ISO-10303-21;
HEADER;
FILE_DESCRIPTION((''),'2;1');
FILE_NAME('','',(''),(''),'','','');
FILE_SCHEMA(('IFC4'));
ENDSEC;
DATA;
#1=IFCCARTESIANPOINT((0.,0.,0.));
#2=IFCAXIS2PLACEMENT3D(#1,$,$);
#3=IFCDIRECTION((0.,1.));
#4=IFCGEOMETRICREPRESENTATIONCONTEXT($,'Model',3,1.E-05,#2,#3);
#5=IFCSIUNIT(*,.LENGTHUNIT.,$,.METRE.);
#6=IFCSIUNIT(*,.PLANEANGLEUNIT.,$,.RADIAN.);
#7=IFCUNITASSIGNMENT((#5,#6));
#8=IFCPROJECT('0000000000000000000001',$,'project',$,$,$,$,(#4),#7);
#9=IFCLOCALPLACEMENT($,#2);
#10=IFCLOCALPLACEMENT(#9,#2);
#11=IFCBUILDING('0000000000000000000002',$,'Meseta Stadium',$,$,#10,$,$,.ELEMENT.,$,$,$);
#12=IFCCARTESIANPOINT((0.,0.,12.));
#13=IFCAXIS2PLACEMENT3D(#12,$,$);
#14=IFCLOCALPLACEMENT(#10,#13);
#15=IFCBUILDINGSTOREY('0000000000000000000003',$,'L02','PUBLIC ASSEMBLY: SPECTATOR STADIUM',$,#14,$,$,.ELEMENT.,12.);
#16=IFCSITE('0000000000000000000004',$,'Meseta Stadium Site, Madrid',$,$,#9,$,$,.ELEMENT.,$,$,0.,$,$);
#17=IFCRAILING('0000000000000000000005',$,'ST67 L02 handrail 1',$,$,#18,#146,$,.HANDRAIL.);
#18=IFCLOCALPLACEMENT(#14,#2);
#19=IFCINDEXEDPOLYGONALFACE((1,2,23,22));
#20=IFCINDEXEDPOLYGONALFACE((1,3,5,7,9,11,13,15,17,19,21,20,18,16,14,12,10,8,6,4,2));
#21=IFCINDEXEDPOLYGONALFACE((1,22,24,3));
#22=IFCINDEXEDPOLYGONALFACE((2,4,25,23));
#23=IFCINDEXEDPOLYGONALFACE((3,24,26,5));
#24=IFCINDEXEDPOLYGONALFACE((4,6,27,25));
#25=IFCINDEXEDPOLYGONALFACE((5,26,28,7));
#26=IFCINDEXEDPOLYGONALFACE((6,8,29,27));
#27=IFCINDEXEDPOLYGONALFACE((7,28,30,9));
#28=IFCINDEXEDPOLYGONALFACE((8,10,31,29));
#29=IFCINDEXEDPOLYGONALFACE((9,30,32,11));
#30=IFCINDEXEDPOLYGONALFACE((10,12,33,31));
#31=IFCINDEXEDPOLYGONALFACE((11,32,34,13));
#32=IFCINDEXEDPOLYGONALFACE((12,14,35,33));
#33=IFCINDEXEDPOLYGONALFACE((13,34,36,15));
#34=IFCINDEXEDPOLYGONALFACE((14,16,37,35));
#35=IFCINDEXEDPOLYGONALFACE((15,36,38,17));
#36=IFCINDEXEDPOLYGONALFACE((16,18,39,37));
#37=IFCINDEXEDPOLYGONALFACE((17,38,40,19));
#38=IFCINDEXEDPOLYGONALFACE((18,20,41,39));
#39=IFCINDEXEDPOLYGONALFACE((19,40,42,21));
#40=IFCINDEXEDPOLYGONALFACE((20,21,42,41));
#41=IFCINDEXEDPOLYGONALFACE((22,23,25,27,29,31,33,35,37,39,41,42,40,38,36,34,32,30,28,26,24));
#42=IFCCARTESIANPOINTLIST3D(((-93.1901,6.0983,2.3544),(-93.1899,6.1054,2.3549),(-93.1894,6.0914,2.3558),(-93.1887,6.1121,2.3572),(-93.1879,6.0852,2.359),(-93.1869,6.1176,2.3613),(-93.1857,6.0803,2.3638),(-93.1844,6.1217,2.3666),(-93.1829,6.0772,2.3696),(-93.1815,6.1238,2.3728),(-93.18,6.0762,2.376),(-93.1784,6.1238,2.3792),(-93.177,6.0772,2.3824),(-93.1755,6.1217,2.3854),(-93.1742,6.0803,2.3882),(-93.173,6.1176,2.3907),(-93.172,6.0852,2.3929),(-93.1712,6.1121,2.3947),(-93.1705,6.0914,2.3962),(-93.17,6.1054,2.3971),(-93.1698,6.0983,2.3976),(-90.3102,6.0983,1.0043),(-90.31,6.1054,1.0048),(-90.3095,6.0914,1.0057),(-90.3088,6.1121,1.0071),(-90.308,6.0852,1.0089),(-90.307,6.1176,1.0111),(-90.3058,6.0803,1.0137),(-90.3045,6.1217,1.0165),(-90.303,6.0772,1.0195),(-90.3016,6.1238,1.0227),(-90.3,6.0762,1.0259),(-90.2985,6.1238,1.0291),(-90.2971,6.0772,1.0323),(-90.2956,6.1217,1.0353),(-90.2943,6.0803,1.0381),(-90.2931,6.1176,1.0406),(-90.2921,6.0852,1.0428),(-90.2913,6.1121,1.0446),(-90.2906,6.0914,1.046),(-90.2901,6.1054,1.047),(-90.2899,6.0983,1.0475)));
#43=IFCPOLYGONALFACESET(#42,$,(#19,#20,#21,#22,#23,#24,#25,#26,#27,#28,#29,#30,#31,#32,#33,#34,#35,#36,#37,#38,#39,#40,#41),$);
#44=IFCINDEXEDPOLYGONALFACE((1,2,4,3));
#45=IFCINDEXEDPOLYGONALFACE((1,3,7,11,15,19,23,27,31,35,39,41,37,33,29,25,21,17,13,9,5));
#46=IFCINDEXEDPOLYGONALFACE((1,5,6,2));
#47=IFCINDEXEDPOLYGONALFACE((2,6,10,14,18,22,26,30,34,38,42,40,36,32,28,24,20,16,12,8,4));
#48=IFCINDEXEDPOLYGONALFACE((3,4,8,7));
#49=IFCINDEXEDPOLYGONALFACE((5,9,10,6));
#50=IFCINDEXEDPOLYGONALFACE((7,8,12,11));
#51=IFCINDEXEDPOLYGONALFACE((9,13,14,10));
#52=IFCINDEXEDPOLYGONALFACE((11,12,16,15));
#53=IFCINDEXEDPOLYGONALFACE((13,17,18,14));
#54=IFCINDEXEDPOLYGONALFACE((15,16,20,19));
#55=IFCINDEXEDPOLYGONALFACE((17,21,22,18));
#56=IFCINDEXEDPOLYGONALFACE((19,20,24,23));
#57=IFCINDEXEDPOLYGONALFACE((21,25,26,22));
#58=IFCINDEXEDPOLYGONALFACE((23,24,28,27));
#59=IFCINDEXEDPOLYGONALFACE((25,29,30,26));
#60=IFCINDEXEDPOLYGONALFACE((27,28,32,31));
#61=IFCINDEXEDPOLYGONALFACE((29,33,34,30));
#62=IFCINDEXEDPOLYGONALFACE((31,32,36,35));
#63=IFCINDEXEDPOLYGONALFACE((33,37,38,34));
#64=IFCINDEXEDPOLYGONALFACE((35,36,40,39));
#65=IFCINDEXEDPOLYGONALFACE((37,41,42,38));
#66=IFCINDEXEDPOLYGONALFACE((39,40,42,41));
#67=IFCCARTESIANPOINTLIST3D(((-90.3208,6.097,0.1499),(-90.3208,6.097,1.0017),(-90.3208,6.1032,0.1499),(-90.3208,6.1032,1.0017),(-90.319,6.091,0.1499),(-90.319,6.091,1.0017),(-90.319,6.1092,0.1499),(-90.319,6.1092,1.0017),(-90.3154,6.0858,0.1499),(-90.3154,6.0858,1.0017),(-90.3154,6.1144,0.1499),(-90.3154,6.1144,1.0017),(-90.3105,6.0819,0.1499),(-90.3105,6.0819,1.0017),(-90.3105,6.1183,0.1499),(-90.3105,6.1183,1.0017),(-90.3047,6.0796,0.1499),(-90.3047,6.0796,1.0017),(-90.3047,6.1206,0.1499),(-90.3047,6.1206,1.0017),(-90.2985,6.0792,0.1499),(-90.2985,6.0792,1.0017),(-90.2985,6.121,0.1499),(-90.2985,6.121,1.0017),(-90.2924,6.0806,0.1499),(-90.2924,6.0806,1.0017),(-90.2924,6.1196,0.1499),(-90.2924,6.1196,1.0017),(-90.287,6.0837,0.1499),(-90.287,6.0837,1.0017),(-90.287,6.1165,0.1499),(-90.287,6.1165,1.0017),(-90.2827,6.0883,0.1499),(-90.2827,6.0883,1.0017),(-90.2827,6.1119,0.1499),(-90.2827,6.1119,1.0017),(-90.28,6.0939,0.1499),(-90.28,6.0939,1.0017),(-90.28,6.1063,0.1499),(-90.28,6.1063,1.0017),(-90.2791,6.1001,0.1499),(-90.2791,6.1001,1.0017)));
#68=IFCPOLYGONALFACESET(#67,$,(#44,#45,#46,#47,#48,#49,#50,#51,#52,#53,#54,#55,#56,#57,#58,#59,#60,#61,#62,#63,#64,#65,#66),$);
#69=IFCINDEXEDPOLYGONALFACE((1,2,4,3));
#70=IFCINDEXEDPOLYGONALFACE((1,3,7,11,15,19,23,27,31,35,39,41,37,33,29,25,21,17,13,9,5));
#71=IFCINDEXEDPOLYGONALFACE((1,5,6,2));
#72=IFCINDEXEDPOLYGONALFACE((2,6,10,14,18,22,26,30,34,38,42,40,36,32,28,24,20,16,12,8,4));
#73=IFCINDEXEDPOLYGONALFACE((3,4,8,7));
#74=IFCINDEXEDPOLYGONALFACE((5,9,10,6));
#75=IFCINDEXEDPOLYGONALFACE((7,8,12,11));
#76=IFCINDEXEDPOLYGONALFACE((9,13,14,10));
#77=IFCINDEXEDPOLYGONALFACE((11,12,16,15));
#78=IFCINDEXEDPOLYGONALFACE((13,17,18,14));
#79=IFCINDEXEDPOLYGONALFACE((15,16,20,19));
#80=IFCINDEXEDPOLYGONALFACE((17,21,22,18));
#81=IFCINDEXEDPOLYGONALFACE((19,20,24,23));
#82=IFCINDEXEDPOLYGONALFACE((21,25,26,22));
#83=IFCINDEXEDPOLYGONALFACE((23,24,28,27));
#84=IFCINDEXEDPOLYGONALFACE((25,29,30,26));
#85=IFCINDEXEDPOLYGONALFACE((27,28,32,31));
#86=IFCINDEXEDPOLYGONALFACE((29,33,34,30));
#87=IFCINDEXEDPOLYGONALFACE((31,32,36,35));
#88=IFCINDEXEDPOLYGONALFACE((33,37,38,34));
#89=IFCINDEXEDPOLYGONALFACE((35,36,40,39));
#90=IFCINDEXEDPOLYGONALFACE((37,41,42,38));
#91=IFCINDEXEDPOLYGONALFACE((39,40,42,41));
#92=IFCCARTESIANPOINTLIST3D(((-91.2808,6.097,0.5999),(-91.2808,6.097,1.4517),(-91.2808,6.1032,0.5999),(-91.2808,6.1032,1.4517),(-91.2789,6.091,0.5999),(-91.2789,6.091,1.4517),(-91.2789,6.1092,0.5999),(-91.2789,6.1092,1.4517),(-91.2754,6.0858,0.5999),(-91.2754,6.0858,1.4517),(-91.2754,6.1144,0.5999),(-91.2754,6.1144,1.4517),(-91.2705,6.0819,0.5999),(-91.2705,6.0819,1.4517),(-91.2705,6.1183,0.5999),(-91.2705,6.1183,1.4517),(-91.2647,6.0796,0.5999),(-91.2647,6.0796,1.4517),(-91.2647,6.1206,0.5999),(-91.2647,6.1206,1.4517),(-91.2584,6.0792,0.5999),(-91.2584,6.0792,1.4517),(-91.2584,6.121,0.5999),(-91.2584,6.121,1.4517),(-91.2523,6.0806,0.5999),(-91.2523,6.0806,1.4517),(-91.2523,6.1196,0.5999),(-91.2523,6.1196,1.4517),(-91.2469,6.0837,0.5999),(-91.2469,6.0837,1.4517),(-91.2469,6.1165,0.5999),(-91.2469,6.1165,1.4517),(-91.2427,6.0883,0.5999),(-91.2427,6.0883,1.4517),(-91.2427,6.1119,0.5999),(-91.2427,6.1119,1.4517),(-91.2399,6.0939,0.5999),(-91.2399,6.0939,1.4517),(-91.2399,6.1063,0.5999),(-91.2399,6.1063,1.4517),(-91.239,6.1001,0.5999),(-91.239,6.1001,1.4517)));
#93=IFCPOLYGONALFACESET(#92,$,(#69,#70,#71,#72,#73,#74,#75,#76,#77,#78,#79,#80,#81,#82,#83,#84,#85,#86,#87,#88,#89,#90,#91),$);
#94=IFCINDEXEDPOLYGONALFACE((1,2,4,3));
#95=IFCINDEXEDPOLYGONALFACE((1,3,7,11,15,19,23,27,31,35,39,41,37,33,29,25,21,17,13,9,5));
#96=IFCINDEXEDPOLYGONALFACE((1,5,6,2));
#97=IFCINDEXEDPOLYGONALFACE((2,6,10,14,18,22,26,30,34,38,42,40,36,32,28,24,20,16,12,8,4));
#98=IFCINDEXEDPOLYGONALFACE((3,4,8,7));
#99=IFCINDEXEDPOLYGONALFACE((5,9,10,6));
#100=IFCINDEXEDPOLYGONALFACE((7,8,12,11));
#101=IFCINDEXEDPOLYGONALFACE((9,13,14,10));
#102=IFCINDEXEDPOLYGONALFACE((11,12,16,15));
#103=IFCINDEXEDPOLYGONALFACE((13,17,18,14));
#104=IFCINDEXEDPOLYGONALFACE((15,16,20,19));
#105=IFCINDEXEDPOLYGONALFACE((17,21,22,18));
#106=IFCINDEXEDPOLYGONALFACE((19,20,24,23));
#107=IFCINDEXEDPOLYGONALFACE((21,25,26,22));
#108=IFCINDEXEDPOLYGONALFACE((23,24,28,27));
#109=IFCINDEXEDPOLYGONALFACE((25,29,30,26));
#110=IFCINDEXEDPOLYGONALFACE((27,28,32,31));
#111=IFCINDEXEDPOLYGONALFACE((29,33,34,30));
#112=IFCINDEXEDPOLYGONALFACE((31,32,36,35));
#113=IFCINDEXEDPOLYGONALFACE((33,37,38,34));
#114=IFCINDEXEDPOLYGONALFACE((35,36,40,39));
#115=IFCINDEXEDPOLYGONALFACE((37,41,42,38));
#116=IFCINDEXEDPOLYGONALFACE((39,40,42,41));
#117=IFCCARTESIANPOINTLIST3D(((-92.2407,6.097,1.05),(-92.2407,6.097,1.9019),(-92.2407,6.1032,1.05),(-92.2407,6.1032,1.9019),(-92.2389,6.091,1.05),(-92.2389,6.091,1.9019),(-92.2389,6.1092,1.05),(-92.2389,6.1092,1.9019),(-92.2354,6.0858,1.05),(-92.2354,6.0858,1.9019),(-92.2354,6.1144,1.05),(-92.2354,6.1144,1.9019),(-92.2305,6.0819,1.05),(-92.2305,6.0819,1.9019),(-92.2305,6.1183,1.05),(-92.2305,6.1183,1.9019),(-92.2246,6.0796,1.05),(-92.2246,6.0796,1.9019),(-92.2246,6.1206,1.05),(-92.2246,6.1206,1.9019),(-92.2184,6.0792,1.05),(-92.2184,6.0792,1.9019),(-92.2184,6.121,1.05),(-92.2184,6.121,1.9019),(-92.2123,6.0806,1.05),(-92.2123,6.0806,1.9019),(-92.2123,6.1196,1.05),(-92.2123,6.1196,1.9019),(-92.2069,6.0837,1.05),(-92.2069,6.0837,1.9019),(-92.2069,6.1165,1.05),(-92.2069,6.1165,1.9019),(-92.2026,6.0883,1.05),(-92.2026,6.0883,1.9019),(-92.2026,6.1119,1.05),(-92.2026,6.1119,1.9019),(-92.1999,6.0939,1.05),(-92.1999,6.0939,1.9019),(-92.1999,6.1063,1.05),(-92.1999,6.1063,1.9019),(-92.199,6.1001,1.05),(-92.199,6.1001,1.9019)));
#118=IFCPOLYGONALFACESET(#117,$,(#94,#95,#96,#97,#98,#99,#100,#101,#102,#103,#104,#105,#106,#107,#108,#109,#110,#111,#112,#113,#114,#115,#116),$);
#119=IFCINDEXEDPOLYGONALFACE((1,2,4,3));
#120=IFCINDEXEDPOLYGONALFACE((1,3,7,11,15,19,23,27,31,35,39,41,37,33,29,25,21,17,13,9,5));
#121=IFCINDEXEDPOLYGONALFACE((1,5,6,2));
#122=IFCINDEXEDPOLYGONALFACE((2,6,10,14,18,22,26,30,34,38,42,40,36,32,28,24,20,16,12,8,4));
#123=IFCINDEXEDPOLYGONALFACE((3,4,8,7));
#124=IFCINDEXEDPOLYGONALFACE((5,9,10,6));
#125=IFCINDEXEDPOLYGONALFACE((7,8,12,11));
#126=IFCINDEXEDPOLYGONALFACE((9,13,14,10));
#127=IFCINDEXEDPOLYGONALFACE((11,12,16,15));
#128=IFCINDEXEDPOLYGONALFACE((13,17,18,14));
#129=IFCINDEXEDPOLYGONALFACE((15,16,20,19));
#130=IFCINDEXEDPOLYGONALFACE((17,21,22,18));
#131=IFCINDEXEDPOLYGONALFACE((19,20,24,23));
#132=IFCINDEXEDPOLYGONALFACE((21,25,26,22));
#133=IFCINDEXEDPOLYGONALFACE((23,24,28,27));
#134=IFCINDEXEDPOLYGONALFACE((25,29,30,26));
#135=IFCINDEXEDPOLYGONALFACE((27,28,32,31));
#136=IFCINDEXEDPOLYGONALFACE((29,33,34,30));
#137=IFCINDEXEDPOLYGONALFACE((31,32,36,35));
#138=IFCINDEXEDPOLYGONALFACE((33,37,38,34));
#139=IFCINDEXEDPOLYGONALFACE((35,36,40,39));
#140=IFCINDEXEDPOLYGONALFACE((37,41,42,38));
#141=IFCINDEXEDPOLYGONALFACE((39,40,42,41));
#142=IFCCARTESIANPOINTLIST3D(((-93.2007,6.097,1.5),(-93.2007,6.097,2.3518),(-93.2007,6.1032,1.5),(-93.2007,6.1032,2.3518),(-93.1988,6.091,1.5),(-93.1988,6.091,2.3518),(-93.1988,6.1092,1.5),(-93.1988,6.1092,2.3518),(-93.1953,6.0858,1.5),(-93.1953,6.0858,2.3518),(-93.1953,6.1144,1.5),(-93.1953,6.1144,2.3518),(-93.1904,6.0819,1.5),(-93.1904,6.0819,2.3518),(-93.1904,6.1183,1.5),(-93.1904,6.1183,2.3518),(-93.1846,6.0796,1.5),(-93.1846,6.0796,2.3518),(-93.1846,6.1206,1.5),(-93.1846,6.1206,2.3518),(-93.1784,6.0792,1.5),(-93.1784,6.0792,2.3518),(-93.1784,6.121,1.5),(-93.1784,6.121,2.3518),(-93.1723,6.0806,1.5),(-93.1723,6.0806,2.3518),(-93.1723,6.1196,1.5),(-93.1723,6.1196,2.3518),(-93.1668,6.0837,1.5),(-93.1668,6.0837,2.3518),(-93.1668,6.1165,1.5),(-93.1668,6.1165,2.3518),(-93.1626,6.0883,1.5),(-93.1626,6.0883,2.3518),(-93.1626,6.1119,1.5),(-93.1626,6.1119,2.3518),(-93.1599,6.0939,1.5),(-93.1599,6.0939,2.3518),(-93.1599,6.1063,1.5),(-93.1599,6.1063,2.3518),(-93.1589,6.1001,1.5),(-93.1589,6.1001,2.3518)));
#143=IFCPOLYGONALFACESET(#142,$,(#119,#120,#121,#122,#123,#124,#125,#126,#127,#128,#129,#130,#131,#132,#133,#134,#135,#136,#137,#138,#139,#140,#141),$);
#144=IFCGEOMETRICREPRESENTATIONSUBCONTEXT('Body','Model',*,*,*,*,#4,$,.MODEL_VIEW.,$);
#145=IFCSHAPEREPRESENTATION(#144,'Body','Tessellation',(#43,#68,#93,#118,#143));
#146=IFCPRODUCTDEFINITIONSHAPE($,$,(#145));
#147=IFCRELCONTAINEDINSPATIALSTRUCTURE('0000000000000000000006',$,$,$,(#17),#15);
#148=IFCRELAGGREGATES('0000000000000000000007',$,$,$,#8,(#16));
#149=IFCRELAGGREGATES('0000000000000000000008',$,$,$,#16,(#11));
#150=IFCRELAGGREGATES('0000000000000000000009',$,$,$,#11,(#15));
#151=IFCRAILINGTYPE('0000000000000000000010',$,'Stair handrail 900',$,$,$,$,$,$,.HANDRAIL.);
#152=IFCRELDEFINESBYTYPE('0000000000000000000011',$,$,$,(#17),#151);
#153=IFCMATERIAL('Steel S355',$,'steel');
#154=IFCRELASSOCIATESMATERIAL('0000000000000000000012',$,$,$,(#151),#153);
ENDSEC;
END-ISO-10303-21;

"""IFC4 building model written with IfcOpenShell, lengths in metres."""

from ifc_helpers import new_model, si_unit, direction, frame, origin, origin_2d, place, context, subcontext, project, spatial, circle, extrude, material, type_object, element, save


model = new_model("IFC4")

# Units and contexts
model_context = context("Model", 3, precision=1e-05, world=origin(), true_north=direction((0.0, 1.0)))
body_context = subcontext(model_context, "Body", "Model", "MODEL_VIEW")
ifc_project = project(units=[si_unit("LENGTHUNIT", "METRE"), si_unit("PLANEANGLEUNIT", "RADIAN")], contexts=[model_context])

# Site, building, storey
site_placement = place(None, origin())
site = spatial("IfcSite", under=ifc_project, at=site_placement, Name="Meseta Stadium Site, Madrid", CompositionType="ELEMENT", RefElevation=0.0)
building_placement = place(site_placement, origin())
building = spatial("IfcBuilding", under=site, at=building_placement, Name="Meseta Stadium", CompositionType="ELEMENT")
storey_placement = place(building_placement, frame((0.0, 0.0, 12.0)))
storey = spatial("IfcBuildingStorey", under=building, at=storey_placement, Name="L02", Description="PUBLIC ASSEMBLY: SPECTATOR STADIUM", CompositionType="ELEMENT", Elevation=12.0)

# Railing
ifc_material_1 = material(Name="Steel S355", Category="steel")
railing_type_1 = type_object("IfcRailingType", Name="Stair handrail 900", PredefinedType="HANDRAIL", material=ifc_material_1)
for number, where, name in (
    (1, (-90.3, 6.1001, 0.1499), "ST67 L02 handrail 1"),
):
    element("IfcRailing", number, at=place(storey_placement, frame(where)), inside=storey, type_object=railing_type_1, Name=name, PredefinedType="HANDRAIL", context=body_context, shape_type="SweptSolid", body=[
        extrude(circle(Radius=0.0239, at=origin_2d()), frame((0.0, 0.0, 0.876), z_axis=(-0.90544, 0.0, 0.424473), x_axis=(0.0, -1.0, 0.0)), (0.0, 0.0, 1.0), 3.1807),
        extrude(circle(Radius=0.021, at=origin_2d()), origin(), (0.0, 0.0, 1.0), 0.8518),
        extrude(circle(Radius=0.021, at=origin_2d()), frame((-0.96, 0.0, 0.45)), (0.0, 0.0, 1.0), 0.8518),
        extrude(circle(Radius=0.021, at=origin_2d()), frame((-1.9199, 0.0, 0.9001)), (0.0, 0.0, 1.0), 0.8518),
        extrude(circle(Radius=0.021, at=origin_2d()), frame((-2.8799, 0.0, 1.3501)), (0.0, 0.0, 1.0), 0.8518),
    ])

save(model, "model.ifc")
